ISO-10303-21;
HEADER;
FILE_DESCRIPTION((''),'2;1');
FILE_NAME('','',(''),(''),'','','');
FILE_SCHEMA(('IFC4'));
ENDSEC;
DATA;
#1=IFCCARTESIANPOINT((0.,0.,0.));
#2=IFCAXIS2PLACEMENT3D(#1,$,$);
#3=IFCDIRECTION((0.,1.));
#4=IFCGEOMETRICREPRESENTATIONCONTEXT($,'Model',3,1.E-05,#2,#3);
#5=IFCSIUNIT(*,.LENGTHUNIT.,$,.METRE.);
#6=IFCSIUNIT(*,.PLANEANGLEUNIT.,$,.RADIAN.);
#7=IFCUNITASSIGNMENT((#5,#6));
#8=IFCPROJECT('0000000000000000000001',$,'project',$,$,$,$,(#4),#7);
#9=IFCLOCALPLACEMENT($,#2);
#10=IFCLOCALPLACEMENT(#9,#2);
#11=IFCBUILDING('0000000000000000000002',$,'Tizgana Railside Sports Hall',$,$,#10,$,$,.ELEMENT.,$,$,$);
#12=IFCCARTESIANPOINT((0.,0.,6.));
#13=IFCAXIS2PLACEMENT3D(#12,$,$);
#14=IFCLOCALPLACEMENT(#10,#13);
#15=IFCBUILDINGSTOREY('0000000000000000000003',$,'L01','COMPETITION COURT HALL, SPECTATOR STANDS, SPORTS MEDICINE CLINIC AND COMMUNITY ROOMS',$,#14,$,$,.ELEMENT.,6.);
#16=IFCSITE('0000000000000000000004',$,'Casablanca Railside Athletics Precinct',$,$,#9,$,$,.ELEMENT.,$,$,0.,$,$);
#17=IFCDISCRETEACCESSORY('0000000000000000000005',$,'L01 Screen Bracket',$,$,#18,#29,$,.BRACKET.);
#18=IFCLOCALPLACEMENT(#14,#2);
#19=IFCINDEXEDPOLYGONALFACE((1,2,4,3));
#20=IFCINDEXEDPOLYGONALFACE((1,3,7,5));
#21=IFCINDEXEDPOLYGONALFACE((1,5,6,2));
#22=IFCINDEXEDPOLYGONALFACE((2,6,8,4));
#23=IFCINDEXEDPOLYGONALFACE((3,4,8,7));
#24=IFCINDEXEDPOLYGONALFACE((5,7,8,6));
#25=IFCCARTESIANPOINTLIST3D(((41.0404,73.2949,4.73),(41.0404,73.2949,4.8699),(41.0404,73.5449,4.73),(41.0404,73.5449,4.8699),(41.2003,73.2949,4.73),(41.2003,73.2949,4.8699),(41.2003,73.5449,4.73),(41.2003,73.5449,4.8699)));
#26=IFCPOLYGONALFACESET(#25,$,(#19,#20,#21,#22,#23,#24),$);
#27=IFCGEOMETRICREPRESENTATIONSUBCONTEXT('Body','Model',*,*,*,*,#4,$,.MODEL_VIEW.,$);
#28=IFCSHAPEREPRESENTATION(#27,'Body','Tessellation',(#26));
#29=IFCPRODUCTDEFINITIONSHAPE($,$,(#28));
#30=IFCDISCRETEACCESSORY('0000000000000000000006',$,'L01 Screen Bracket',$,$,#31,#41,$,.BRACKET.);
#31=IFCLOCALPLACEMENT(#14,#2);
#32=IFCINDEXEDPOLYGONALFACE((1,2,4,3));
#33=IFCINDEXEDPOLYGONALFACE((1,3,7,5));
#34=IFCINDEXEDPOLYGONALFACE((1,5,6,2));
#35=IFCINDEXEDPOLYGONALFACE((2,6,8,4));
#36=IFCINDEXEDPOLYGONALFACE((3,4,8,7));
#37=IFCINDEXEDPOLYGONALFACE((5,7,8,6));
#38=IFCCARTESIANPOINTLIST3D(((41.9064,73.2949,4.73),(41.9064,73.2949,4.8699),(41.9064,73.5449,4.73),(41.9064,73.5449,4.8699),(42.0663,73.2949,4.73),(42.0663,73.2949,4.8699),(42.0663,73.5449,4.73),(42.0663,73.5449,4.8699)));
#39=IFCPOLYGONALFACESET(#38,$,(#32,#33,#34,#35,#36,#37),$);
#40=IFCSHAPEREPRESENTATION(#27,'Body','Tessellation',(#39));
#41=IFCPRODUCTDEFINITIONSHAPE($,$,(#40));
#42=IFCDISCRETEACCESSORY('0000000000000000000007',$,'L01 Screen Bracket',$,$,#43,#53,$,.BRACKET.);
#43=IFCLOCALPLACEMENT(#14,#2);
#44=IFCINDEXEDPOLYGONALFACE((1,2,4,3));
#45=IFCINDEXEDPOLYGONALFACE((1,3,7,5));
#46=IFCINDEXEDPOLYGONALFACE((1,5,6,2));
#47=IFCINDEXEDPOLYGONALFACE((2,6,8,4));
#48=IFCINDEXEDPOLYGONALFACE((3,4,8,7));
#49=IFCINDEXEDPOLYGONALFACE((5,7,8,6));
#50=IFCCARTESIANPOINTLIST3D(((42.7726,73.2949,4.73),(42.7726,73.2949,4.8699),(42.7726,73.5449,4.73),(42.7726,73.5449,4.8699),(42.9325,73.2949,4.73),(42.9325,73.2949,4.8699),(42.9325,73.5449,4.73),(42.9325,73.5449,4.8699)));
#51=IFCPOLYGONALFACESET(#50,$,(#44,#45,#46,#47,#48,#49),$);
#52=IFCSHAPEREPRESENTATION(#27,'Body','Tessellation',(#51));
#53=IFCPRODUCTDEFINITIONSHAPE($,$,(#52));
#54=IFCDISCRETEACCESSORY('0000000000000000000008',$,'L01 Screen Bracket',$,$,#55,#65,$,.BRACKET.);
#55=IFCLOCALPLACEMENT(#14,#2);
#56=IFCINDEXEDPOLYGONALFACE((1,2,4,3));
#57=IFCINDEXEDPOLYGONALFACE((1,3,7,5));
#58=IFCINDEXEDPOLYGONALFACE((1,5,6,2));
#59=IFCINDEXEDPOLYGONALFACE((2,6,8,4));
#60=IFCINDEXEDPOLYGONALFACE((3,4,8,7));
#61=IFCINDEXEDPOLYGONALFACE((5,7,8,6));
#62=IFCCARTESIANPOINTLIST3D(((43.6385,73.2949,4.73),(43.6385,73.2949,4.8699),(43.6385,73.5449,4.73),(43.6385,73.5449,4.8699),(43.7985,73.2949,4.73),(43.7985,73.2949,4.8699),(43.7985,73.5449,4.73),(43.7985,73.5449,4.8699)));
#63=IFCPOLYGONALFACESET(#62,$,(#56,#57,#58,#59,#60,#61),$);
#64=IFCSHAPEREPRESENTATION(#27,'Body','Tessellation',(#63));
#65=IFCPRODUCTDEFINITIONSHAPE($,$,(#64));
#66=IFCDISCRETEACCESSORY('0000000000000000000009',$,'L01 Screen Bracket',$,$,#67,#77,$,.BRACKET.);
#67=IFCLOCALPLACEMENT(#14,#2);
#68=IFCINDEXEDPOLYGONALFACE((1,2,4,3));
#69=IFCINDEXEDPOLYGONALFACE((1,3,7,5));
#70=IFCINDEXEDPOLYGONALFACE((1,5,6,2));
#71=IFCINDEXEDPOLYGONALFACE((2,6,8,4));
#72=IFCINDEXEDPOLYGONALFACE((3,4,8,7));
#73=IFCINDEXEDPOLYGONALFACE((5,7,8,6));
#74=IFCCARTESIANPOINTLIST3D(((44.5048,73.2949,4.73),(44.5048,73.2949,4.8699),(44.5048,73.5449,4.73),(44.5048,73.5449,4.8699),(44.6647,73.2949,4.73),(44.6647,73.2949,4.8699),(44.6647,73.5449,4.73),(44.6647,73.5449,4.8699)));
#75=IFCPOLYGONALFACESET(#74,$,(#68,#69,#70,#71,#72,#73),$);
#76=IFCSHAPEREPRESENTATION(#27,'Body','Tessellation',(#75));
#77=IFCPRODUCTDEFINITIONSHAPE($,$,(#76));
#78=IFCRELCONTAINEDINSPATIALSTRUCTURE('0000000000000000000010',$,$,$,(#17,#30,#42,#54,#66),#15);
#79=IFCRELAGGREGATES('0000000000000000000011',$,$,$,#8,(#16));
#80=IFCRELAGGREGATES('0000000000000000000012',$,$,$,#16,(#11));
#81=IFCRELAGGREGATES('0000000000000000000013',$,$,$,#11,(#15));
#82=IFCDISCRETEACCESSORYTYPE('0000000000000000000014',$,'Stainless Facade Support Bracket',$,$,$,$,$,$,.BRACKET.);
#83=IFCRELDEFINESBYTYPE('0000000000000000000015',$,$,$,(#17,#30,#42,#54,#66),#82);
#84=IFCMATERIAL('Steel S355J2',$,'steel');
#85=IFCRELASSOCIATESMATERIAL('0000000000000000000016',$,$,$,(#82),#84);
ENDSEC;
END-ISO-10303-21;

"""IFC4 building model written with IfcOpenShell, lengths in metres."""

from ifc_helpers import new_model, si_unit, direction, frame, origin, origin_2d, place, context, subcontext, project, spatial, rectangle, extrude, material, type_object, element, save


model = new_model("IFC4")

# Units and contexts
model_context = context("Model", 3, precision=1e-05, world=origin(), true_north=direction((0.0, 1.0)))
body_context = subcontext(model_context, "Body", "Model", "MODEL_VIEW")
ifc_project = project(units=[si_unit("LENGTHUNIT", "METRE"), si_unit("PLANEANGLEUNIT", "RADIAN")], contexts=[model_context])

# Site, building, storey
site_placement = place(None, origin())
site = spatial("IfcSite", under=ifc_project, at=site_placement, Name="Casablanca Railside Athletics Precinct", CompositionType="ELEMENT", RefElevation=0.0)
building_placement = place(site_placement, origin())
building = spatial("IfcBuilding", under=site, at=building_placement, Name="Tizgana Railside Sports Hall", CompositionType="ELEMENT")
storey_placement = place(building_placement, frame((0.0, 0.0, 6.0)))
storey = spatial("IfcBuildingStorey", under=building, at=storey_placement, Name="L01", Description="COMPETITION COURT HALL, SPECTATOR STANDS, SPORTS MEDICINE CLINIC AND COMMUNITY ROOMS", CompositionType="ELEMENT", Elevation=6.0)

# Shared definitions
ifc_material_1 = material(Name="Steel S355J2", Category="steel")

# Discrete accessories
discrete_accessory_type = type_object("IfcDiscreteAccessoryType", Name="Stainless Facade Support Bracket", PredefinedType="BRACKET", material=ifc_material_1)
for number, where, z_axis, x_axis, name in (
    (1, (41.1204, 73.4199, 4.73), (0.0, 0.0, 1.0), (1.0, 0.0, 0.0), "L01 Screen Bracket"),
    (2, (41.9863, 73.4199, 4.73), (0.0, 0.0, 1.0), (1.0, 0.0, 0.0), "L01 Screen Bracket"),
    (3, (42.8525, 73.4199, 4.73), (0.0, 0.0, 1.0), (1.0, 0.0, 0.0), "L01 Screen Bracket"),
    (4, (43.7185, 73.4199, 4.73), (0.0, 0.0, 1.0), (1.0, 0.0, 0.0), "L01 Screen Bracket"),
    (5, (44.5847, 73.4199, 4.73), (0.0, 0.0, 1.0), (1.0, 0.0, 0.0), "L01 Screen Bracket"),
):
    element("IfcDiscreteAccessory", number, at=place(storey_placement, frame(where, z_axis=z_axis, x_axis=x_axis)), inside=storey, type_object=discrete_accessory_type, Name=name, PredefinedType="BRACKET", context=body_context, shape_type="SweptSolid", body=[
        extrude(rectangle(XDim=0.1599, YDim=0.25, at=origin_2d()), origin(), (0.0, 0.0, 1.0), 0.1399),
    ])

save(model, "model.ifc")
